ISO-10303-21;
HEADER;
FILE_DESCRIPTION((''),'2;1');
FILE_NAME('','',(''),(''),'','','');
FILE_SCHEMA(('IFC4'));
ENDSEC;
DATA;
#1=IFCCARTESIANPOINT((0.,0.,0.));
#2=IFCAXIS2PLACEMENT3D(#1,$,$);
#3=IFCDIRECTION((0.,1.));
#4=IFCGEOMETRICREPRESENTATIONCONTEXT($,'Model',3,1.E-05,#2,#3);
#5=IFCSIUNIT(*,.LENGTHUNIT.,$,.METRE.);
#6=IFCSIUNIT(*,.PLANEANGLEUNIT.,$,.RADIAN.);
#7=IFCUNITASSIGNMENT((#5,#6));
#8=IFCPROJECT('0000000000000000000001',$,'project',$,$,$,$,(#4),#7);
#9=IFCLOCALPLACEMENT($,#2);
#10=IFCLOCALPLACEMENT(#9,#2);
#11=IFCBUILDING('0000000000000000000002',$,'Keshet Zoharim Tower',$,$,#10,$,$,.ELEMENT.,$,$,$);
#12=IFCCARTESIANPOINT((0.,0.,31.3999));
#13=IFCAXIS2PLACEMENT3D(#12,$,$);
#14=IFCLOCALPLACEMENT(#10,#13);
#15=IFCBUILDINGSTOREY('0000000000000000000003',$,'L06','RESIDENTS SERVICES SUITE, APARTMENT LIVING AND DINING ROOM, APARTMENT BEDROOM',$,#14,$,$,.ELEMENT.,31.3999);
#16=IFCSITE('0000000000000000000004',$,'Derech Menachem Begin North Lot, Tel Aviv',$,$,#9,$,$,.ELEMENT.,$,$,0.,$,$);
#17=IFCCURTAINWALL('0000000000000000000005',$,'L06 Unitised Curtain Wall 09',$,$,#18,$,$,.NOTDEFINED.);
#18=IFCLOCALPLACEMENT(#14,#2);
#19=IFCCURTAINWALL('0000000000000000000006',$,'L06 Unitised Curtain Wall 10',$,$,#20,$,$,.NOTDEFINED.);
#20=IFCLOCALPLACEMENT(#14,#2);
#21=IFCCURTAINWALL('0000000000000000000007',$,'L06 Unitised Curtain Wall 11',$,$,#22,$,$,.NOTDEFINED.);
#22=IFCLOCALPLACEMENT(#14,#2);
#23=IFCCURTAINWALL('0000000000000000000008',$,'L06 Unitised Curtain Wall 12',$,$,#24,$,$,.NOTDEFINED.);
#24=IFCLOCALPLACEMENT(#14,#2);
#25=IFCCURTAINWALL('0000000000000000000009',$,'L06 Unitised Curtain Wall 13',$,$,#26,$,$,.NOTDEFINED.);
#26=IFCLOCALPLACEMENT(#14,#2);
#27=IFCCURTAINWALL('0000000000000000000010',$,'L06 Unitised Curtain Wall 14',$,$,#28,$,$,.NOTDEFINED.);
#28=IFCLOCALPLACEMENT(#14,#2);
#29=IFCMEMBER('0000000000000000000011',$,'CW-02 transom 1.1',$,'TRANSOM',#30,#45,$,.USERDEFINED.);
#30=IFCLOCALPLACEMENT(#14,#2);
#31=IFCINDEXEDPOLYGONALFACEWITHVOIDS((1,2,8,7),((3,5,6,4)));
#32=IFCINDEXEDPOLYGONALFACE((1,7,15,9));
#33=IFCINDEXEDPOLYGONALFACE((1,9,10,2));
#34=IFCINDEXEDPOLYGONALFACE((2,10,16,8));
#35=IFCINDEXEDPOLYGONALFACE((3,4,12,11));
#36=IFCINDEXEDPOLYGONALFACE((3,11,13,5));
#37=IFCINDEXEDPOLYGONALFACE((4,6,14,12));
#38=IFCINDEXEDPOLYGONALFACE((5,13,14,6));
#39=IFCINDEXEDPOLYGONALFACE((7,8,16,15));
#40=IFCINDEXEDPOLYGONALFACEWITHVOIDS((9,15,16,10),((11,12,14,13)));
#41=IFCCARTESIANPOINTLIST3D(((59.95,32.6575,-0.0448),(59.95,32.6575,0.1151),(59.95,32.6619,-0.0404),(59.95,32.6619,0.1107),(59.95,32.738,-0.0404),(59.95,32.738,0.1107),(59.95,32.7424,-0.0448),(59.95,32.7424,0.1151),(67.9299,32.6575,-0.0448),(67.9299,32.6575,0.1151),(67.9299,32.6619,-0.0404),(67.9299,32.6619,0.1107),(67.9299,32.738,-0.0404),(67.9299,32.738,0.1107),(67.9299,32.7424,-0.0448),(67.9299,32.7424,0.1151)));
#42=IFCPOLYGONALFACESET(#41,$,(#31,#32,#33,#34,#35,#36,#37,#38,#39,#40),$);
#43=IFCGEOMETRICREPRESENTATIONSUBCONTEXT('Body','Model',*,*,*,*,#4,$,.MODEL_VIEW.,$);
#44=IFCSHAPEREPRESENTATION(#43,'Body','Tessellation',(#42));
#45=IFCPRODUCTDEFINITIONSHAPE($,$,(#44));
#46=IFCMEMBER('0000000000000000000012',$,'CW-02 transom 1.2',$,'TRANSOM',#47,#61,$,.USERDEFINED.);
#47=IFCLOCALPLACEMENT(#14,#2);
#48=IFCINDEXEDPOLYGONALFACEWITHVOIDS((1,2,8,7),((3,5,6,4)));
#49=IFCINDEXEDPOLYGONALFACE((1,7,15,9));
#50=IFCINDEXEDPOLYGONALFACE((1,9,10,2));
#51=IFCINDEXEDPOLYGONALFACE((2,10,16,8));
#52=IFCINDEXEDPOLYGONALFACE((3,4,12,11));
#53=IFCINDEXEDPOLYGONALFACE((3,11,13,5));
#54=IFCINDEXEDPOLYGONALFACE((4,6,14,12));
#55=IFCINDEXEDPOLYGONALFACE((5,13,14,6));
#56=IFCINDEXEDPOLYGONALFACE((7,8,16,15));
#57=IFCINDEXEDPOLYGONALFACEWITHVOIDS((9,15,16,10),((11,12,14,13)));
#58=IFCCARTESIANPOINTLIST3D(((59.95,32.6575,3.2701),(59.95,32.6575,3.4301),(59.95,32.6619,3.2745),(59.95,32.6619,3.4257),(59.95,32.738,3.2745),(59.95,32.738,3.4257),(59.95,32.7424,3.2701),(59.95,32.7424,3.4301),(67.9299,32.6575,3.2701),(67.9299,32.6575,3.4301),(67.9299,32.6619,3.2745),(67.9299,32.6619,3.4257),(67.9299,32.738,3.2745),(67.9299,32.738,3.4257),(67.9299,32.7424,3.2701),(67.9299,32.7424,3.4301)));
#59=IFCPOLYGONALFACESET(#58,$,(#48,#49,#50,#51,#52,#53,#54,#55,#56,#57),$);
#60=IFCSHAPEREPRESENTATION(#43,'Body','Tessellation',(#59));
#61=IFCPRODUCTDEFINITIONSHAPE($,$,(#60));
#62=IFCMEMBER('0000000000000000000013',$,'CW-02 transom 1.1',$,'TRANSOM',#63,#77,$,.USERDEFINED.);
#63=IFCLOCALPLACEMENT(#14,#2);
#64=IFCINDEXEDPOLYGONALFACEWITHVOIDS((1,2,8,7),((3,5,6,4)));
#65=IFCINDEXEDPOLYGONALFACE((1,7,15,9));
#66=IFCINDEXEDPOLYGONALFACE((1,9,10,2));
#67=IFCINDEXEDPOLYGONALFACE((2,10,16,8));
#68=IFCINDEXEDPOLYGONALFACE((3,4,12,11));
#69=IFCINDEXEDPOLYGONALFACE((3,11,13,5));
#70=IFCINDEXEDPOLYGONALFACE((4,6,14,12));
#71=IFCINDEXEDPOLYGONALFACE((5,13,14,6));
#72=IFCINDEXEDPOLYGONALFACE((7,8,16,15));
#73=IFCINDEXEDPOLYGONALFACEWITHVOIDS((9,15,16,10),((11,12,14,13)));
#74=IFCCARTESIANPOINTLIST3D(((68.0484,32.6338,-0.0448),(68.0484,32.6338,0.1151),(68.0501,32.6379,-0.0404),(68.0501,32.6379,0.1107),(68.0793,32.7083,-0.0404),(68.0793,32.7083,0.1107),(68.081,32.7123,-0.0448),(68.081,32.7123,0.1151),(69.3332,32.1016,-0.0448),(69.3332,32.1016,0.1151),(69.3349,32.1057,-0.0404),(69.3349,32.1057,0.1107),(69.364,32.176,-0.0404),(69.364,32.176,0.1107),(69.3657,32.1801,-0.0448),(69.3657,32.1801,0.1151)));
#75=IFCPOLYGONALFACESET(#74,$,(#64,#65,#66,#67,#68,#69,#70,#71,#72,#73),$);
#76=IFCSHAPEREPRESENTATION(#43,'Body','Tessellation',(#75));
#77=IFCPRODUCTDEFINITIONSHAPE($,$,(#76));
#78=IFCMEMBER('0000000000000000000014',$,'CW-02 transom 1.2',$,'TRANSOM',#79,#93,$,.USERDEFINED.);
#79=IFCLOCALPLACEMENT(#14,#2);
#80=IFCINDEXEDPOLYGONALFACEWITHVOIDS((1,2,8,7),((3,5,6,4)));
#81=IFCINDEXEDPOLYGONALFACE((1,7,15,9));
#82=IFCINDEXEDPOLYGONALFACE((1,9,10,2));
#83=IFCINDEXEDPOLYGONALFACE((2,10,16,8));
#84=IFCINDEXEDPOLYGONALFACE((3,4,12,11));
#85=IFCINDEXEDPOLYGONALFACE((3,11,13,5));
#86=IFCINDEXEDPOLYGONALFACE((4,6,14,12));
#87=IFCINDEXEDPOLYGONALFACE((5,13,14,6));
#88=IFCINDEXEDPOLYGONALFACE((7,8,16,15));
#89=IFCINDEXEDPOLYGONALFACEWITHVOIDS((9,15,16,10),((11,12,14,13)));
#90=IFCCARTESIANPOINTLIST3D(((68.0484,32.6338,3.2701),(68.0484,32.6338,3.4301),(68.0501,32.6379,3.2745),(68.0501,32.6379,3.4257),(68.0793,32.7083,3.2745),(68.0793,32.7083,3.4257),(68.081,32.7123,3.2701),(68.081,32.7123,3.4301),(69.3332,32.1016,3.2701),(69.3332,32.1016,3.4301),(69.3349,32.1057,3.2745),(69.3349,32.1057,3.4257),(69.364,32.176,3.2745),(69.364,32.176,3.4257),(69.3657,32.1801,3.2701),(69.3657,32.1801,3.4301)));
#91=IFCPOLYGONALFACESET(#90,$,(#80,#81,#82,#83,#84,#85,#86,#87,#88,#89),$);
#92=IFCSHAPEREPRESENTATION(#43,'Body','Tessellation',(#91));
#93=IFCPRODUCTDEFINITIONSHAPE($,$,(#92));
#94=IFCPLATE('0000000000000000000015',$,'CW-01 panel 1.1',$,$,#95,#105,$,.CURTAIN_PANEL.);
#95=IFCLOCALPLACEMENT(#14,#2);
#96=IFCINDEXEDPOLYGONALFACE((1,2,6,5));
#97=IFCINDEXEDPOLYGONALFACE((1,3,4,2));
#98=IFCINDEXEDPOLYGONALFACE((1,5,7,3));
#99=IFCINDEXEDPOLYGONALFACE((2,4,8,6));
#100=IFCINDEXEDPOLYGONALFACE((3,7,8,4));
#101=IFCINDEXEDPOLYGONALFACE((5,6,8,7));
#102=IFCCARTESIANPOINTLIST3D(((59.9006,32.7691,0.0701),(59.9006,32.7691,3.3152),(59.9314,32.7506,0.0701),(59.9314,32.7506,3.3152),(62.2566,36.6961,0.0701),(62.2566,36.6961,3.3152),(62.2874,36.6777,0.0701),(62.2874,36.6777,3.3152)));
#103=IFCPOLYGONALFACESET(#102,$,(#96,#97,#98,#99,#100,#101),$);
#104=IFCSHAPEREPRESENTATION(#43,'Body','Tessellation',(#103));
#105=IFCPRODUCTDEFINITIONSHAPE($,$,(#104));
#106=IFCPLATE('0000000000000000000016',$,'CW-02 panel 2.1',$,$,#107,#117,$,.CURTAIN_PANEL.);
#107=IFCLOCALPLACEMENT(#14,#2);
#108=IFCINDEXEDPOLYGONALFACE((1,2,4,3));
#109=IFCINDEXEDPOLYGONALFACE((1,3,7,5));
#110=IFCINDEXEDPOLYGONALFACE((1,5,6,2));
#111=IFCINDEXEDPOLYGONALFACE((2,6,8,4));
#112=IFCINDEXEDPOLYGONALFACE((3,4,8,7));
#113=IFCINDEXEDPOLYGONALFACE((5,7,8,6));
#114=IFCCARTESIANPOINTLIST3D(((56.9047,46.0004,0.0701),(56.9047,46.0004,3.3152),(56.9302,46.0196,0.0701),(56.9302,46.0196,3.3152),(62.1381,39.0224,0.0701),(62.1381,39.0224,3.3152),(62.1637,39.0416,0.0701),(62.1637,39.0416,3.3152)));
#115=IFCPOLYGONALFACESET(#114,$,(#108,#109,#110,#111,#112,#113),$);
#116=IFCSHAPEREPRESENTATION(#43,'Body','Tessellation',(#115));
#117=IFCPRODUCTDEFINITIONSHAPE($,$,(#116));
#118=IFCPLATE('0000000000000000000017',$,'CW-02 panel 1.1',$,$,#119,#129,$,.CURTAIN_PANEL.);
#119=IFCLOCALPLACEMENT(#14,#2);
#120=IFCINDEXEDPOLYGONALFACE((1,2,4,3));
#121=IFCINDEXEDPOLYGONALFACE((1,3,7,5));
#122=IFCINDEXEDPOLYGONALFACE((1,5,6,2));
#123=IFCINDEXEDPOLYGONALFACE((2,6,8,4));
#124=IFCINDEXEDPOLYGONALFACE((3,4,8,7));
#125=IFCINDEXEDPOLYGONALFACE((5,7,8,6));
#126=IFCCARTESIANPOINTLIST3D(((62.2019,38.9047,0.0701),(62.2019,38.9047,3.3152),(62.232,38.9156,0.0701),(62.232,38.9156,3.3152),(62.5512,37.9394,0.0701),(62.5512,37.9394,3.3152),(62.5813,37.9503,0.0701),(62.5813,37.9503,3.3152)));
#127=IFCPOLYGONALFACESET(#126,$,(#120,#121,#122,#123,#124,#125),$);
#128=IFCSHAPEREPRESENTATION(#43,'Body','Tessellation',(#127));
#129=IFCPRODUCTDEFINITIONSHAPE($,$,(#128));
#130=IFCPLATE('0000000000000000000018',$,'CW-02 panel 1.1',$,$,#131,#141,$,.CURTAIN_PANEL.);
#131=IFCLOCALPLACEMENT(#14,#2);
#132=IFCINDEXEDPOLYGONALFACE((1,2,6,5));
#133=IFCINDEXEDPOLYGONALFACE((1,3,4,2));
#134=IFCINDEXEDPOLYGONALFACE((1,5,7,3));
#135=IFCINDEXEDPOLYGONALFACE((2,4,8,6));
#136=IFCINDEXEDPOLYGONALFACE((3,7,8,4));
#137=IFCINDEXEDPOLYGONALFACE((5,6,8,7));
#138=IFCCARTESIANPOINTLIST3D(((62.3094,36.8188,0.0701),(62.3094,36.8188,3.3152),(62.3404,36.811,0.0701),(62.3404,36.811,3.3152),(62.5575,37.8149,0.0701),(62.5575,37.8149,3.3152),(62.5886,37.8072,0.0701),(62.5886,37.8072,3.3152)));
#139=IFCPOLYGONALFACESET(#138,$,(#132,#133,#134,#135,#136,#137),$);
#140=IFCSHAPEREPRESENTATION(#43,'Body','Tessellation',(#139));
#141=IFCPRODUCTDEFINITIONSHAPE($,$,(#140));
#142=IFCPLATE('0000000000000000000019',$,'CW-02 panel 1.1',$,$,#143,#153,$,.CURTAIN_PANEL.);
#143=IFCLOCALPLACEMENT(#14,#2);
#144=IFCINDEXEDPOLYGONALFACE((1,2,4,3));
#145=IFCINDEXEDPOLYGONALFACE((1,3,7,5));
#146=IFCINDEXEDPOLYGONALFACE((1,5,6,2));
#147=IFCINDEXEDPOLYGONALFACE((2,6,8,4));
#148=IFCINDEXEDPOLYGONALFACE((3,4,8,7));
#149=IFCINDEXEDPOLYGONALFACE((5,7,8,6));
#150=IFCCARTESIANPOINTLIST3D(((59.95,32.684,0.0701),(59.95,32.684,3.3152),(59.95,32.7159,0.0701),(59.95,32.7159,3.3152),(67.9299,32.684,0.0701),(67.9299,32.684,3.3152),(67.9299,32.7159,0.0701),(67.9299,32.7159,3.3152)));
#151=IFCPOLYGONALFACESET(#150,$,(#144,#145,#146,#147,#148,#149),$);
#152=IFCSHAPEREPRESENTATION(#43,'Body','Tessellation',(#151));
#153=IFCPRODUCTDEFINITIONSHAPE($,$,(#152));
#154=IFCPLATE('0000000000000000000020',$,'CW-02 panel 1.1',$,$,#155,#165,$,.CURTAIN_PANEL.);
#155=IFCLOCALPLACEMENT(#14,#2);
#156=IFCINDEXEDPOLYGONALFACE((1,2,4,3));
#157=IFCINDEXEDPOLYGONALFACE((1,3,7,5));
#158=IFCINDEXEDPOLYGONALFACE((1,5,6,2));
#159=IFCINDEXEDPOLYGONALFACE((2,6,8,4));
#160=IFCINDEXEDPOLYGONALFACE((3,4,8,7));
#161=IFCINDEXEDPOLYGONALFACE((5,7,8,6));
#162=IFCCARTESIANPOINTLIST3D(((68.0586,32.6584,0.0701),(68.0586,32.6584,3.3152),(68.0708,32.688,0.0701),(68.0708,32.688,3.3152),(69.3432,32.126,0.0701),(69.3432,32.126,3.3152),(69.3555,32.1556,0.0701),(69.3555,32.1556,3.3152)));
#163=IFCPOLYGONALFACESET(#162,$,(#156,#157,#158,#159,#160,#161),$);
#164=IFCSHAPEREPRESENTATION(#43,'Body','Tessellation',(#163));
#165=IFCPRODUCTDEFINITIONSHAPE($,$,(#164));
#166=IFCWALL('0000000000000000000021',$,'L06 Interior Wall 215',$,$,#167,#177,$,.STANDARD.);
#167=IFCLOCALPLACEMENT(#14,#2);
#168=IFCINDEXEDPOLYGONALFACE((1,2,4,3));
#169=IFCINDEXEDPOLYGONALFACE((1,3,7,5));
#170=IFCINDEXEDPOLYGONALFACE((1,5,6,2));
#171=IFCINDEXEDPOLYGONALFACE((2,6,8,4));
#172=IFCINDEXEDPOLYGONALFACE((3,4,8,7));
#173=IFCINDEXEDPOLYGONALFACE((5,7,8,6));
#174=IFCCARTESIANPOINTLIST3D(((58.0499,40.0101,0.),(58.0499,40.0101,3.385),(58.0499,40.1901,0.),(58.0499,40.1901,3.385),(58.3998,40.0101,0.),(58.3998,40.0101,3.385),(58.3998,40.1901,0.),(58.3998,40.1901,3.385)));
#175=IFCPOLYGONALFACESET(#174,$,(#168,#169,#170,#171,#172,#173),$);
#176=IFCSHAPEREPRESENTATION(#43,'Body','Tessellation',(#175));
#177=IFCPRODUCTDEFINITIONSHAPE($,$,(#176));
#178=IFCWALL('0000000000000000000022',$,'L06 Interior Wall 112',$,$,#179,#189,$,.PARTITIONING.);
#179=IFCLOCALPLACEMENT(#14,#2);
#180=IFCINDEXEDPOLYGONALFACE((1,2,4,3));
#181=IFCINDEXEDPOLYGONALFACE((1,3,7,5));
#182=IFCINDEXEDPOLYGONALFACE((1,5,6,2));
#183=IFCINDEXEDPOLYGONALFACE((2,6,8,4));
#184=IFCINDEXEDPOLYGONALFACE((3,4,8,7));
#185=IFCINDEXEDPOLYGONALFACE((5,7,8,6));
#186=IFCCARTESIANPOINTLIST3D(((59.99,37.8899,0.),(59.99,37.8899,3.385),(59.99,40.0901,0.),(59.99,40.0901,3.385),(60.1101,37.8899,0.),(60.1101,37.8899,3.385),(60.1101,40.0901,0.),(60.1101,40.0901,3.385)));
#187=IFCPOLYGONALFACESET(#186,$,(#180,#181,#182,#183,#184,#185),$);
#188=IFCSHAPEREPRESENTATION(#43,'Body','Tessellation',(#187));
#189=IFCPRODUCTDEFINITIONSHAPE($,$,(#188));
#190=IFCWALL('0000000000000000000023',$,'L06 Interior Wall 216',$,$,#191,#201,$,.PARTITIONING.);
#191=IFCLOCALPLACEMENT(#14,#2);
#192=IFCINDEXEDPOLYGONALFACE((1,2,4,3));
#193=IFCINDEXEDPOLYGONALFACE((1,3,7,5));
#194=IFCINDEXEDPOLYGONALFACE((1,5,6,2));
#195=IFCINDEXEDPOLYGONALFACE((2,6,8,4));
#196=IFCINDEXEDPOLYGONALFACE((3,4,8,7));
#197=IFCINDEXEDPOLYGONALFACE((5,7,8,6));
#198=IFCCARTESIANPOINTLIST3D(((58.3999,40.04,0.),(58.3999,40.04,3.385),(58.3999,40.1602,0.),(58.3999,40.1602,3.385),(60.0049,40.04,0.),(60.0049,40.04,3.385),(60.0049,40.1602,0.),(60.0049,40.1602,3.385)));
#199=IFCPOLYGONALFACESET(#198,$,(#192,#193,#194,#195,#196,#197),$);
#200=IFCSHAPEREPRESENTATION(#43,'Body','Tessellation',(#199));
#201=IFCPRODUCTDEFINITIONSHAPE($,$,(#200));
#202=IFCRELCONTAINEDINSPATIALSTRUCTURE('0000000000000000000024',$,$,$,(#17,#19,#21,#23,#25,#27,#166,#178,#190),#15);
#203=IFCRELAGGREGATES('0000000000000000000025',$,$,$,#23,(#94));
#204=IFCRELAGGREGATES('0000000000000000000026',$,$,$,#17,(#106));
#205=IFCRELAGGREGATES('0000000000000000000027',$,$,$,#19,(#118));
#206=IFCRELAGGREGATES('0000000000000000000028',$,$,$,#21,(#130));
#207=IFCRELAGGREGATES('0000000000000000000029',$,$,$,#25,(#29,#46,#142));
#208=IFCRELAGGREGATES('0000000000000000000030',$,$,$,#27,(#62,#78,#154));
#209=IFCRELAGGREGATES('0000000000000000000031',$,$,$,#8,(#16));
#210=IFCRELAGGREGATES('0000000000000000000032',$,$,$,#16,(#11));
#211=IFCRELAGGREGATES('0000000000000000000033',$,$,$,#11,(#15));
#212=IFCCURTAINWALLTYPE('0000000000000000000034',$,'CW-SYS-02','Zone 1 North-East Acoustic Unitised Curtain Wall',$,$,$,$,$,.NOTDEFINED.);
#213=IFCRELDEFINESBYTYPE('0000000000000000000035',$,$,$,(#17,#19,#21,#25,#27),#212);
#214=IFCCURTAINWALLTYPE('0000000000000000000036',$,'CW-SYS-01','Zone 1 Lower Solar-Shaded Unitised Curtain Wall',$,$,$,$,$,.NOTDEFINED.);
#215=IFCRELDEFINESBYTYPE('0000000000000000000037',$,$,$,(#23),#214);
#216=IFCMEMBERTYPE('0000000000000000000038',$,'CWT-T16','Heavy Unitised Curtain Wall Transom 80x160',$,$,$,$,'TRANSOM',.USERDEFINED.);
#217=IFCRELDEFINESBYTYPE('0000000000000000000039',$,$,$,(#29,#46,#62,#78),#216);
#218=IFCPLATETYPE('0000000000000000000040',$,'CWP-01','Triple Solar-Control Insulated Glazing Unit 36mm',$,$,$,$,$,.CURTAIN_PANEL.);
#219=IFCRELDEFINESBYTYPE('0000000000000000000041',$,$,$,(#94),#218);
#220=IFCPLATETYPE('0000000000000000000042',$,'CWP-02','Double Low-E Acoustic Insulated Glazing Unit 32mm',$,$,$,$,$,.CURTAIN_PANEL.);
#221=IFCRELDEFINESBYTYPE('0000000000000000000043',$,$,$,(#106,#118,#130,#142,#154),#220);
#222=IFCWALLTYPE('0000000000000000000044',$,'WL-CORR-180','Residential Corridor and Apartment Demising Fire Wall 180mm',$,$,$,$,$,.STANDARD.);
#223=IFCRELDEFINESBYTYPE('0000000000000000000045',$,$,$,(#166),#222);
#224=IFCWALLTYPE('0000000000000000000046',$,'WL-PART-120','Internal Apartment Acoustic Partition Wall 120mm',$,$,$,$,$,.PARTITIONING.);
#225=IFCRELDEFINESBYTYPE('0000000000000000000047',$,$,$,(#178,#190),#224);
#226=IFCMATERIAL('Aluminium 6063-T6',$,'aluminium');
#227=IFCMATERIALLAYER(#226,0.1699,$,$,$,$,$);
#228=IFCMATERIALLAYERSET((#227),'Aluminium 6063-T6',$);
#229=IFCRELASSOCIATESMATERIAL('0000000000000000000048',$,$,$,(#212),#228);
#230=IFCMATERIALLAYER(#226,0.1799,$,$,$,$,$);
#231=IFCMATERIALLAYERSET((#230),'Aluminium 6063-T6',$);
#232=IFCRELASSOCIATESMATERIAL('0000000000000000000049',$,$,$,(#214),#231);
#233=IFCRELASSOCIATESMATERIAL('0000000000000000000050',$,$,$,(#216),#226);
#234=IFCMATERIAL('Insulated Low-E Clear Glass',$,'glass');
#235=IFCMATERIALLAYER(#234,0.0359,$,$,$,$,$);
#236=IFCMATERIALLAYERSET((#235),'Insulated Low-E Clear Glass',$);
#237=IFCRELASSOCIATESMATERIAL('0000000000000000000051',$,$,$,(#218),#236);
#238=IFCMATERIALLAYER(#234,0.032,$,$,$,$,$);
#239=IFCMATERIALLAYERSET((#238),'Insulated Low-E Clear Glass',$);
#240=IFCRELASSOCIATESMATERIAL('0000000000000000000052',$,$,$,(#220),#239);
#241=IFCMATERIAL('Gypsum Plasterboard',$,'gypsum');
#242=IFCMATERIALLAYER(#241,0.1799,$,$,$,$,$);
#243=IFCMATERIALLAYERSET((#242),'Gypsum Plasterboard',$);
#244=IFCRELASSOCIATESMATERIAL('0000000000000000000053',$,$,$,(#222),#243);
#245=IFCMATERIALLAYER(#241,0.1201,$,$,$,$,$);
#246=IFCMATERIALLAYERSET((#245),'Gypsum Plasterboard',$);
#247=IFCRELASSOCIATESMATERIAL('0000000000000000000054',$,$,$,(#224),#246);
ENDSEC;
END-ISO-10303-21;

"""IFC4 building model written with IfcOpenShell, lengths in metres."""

from ifc_helpers import new_model, si_unit, direction, frame, frame_2d, origin, origin_2d, place, context, subcontext, project, spatial, rectangle, hollow_rectangle, extrude, material, layer, layer_set, material_profile, profile_set, type_object, element, aggregate, save


model = new_model("IFC4")

# Units and contexts
model_context = context("Model", 3, precision=1e-05, world=origin(), true_north=direction((0.0, 1.0)))
body_context = subcontext(model_context, "Body", "Model", "MODEL_VIEW")
ifc_project = project(units=[si_unit("LENGTHUNIT", "METRE"), si_unit("PLANEANGLEUNIT", "RADIAN")], contexts=[model_context])

# Site, building, storey
site_placement = place(None, origin())
site = spatial("IfcSite", under=ifc_project, at=site_placement, Name="Derech Menachem Begin North Lot, Tel Aviv", CompositionType="ELEMENT", RefElevation=0.0)
building_placement = place(site_placement, origin())
building = spatial("IfcBuilding", under=site, at=building_placement, Name="Keshet Zoharim Tower", CompositionType="ELEMENT")
storey_placement = place(building_placement, frame((0.0, 0.0, 31.3999)))
storey = spatial("IfcBuildingStorey", under=building, at=storey_placement, Name="L06", Description="RESIDENTS SERVICES SUITE, APARTMENT LIVING AND DINING ROOM, APARTMENT BEDROOM", CompositionType="ELEMENT", Elevation=31.3999)

# Curtain wall
ifc_material_1 = material(Name="Aluminium 6063-T6", Category="aluminium")
ifc_layer_1 = layer(ifc_material_1, 0.1699)
ifc_layer_set_1 = layer_set([ifc_layer_1], Name="Aluminium 6063-T6")
curtain_wall_type_1 = type_object("IfcCurtainWallType", Name="CW-SYS-02", Description="Zone 1 North-East Acoustic Unitised Curtain Wall", PredefinedType="NOTDEFINED", material=ifc_layer_set_1)
curtain_wall_1_placement = place(storey_placement, origin())
curtain_wall_1 = element("IfcCurtainWall", 1, at=curtain_wall_1_placement, inside=storey, type_object=curtain_wall_type_1, Name="L06 Unitised Curtain Wall 09", PredefinedType="NOTDEFINED")

# Curtain walls
curtain_wall_2_placement = place(storey_placement, origin())
curtain_wall_2 = element("IfcCurtainWall", 2, at=curtain_wall_2_placement, inside=storey, type_object=curtain_wall_type_1, Name="L06 Unitised Curtain Wall 10", PredefinedType="NOTDEFINED")
curtain_wall_3_placement = place(storey_placement, origin())
curtain_wall_3 = element("IfcCurtainWall", 3, at=curtain_wall_3_placement, inside=storey, type_object=curtain_wall_type_1, Name="L06 Unitised Curtain Wall 11", PredefinedType="NOTDEFINED")
ifc_layer_2 = layer(ifc_material_1, 0.1799)
ifc_layer_set_2 = layer_set([ifc_layer_2], Name="Aluminium 6063-T6")
curtain_wall_type_2 = type_object("IfcCurtainWallType", Name="CW-SYS-01", Description="Zone 1 Lower Solar-Shaded Unitised Curtain Wall", PredefinedType="NOTDEFINED", material=ifc_layer_set_2)
curtain_wall_4_placement = place(storey_placement, origin())
curtain_wall_4 = element("IfcCurtainWall", 4, at=curtain_wall_4_placement, inside=storey, type_object=curtain_wall_type_2, Name="L06 Unitised Curtain Wall 12", PredefinedType="NOTDEFINED")
curtain_wall_5_placement = place(storey_placement, origin())
curtain_wall_5 = element("IfcCurtainWall", 5, at=curtain_wall_5_placement, inside=storey, type_object=curtain_wall_type_1, Name="L06 Unitised Curtain Wall 13", PredefinedType="NOTDEFINED")
curtain_wall_6_placement = place(storey_placement, origin())
curtain_wall_6 = element("IfcCurtainWall", 6, at=curtain_wall_6_placement, inside=storey, type_object=curtain_wall_type_1, Name="L06 Unitised Curtain Wall 14", PredefinedType="NOTDEFINED")

# Members
ifc_material_profile_1 = material_profile(ifc_material_1, hollow_rectangle(XDim=0.085, YDim=0.1599, WallThickness=0.0044, at=origin_2d()), Name="TRN-85x160")
ifc_profile_set_1 = profile_set([ifc_material_profile_1], Name="Aluminium 6063-T6")
member_type_1 = type_object("IfcMemberType", Name="CWT-T16", Description="Heavy Unitised Curtain Wall Transom 80x160", ElementType="TRANSOM", PredefinedType="USERDEFINED", material=ifc_profile_set_1)
member_1_placement = place(storey_placement, frame((59.95, 32.7, 0.0352), z_axis=(1.0, 0.0, 0.0), x_axis=(0.0, 1.0, 0.0)))
member_1 = element("IfcMember", 7, at=member_1_placement, type_object=member_type_1, Name="CW-02 transom 1.1", ObjectType="TRANSOM", PredefinedType="USERDEFINED", context=body_context, shape_type="SweptSolid", body=[
    extrude(hollow_rectangle(XDim=0.085, YDim=0.1599, WallThickness=0.0044, at=origin_2d()), origin(), (0.0, 0.0, 1.0), 7.98),
])
member_2_placement = place(storey_placement, frame((59.95, 32.7, 3.3501), z_axis=(1.0, 0.0, 0.0), x_axis=(0.0, 1.0, 0.0)))
member_2 = element("IfcMember", 8, at=member_2_placement, type_object=member_type_1, Name="CW-02 transom 1.2", ObjectType="TRANSOM", PredefinedType="USERDEFINED", context=body_context, shape_type="SweptSolid", body=[
    extrude(hollow_rectangle(XDim=0.085, YDim=0.1599, WallThickness=0.0044, at=origin_2d()), origin(), (0.0, 0.0, 1.0), 7.98),
])
member_3_placement = place(storey_placement, frame((68.0647, 32.6731, 0.0352), z_axis=(0.923854, -0.382745, 0.0), x_axis=(0.382745, 0.923854, 0.0)))
member_3 = element("IfcMember", 9, at=member_3_placement, type_object=member_type_1, Name="CW-02 transom 1.1", ObjectType="TRANSOM", PredefinedType="USERDEFINED", context=body_context, shape_type="SweptSolid", body=[
    extrude(hollow_rectangle(XDim=0.085, YDim=0.1599, WallThickness=0.0044, at=origin_2d()), origin(), (0.0, 0.0, 1.0), 1.3906),
])
member_4_placement = place(storey_placement, frame((68.0647, 32.6731, 3.3501), z_axis=(0.923854, -0.382745, 0.0), x_axis=(0.382745, 0.923854, 0.0)))
member_4 = element("IfcMember", 10, at=member_4_placement, type_object=member_type_1, Name="CW-02 transom 1.2", ObjectType="TRANSOM", PredefinedType="USERDEFINED", context=body_context, shape_type="SweptSolid", body=[
    extrude(hollow_rectangle(XDim=0.085, YDim=0.1599, WallThickness=0.0044, at=origin_2d()), origin(), (0.0, 0.0, 1.0), 1.3906),
])

# Plates
ifc_material_2 = material(Name="Insulated Low-E Clear Glass", Category="glass")
ifc_layer_3 = layer(ifc_material_2, 0.0359)
ifc_layer_set_3 = layer_set([ifc_layer_3], Name="Insulated Low-E Clear Glass")
plate_type_1 = type_object("IfcPlateType", Name="CWP-01", Description="Triple Solar-Control Insulated Glazing Unit 36mm", PredefinedType="CURTAIN_PANEL", material=ifc_layer_set_3)
plate_1_placement = place(storey_placement, frame((61.094, 34.7234, 0.0701), z_axis=(0.0, 0.0, 1.0), x_axis=(-0.514465, -0.857512, 0.0)))
plate_1 = element("IfcPlate", 11, at=plate_1_placement, type_object=plate_type_1, Name="CW-01 panel 1.1", PredefinedType="CURTAIN_PANEL", context=body_context, shape_type="SweptSolid", body=[
    extrude(rectangle(XDim=4.5796, YDim=0.0359, at=origin_2d()), origin(), (0.0, 0.0, 1.0), 3.2451),
])
aggregate(curtain_wall_4, [plate_1])
ifc_layer_4 = layer(ifc_material_2, 0.032)
ifc_layer_set_4 = layer_set([ifc_layer_4], Name="Insulated Low-E Clear Glass")
plate_type_2 = type_object("IfcPlateType", Name="CWP-02", Description="Double Low-E Acoustic Insulated Glazing Unit 32mm", PredefinedType="CURTAIN_PANEL", material=ifc_layer_set_4)
plate_2_placement = place(storey_placement, frame((59.5342, 42.521, 0.0701), z_axis=(0.0, 0.0, 1.0), x_axis=(0.6, -0.8, 0.0)))
plate_2 = element("IfcPlate", 12, at=plate_2_placement, type_object=plate_type_2, Name="CW-02 panel 2.1", PredefinedType="CURTAIN_PANEL", context=body_context, shape_type="SweptSolid", body=[
    extrude(rectangle(XDim=8.7224, YDim=0.032, at=origin_2d()), origin(), (0.0, 0.0, 1.0), 3.2451),
])
aggregate(curtain_wall_1, [plate_2])
plate_3_placement = place(storey_placement, frame((62.3916, 38.4275, 0.0701), z_axis=(0.0, 0.0, 1.0), x_axis=(0.340297, -0.940318, 0.0)))
plate_3 = element("IfcPlate", 13, at=plate_3_placement, type_object=plate_type_2, Name="CW-02 panel 1.1", PredefinedType="CURTAIN_PANEL", context=body_context, shape_type="SweptSolid", body=[
    extrude(rectangle(XDim=1.0266, YDim=0.032, at=origin_2d()), origin(), (0.0, 0.0, 1.0), 3.2451),
])
aggregate(curtain_wall_2, [plate_3])
plate_4_placement = place(storey_placement, frame((62.449, 37.313, 0.0701), z_axis=(0.0, 0.0, 1.0), x_axis=(-0.241729, -0.970344, 0.0)))
plate_4 = element("IfcPlate", 14, at=plate_4_placement, type_object=plate_type_2, Name="CW-02 panel 1.1", PredefinedType="CURTAIN_PANEL", context=body_context, shape_type="SweptSolid", body=[
    extrude(rectangle(XDim=1.0266, YDim=0.032, at=origin_2d()), origin(), (0.0, 0.0, 1.0), 3.2451),
])
aggregate(curtain_wall_3, [plate_4])
plate_5_placement = place(storey_placement, frame((63.9399, 32.7, 0.0701), z_axis=(0.0, 0.0, 1.0), x_axis=(1.0, 0.0, 0.0)))
plate_5 = element("IfcPlate", 15, at=plate_5_placement, type_object=plate_type_2, Name="CW-02 panel 1.1", PredefinedType="CURTAIN_PANEL", context=body_context, shape_type="SweptSolid", body=[
    extrude(rectangle(XDim=7.98, YDim=0.032, at=origin_2d()), origin(), (0.0, 0.0, 1.0), 3.2451),
])
aggregate(curtain_wall_5, [member_1, member_2, plate_5])
plate_6_placement = place(storey_placement, frame((68.707, 32.407, 0.0701), z_axis=(0.0, 0.0, 1.0), x_axis=(0.92381, -0.382852, 0.0)))
plate_6 = element("IfcPlate", 16, at=plate_6_placement, type_object=plate_type_2, Name="CW-02 panel 1.1", PredefinedType="CURTAIN_PANEL", context=body_context, shape_type="SweptSolid", body=[
    extrude(rectangle(XDim=1.3906, YDim=0.032, at=origin_2d()), origin(), (0.0, 0.0, 1.0), 3.2451),
])
aggregate(curtain_wall_6, [member_3, member_4, plate_6])

# Walls
ifc_material_3 = material(Name="Gypsum Plasterboard", Category="gypsum")
ifc_layer_5 = layer(ifc_material_3, 0.1799)
ifc_layer_set_5 = layer_set([ifc_layer_5], Name="Gypsum Plasterboard")
wall_type_1 = type_object("IfcWallType", Name="WL-CORR-180", Description="Residential Corridor and Apartment Demising Fire Wall 180mm", PredefinedType="STANDARD", material=ifc_layer_set_5)
wall_1_placement = place(storey_placement, frame((58.05, 40.1001, 0.0), z_axis=(0.0, 0.0, 1.0), x_axis=(1.0, 0.0, 0.0)))
element("IfcWall", 17, at=wall_1_placement, inside=storey, type_object=wall_type_1, Name="L06 Interior Wall 215", PredefinedType="STANDARD", context=body_context, shape_type="SweptSolid", body=[
    extrude(rectangle(XDim=0.3499, YDim=0.1799, at=frame_2d((0.1748, 0.0))), origin(), (0.0, 0.0, 1.0), 3.385),
])
ifc_layer_6 = layer(ifc_material_3, 0.1201)
ifc_layer_set_6 = layer_set([ifc_layer_6], Name="Gypsum Plasterboard")
wall_type_2 = type_object("IfcWallType", Name="WL-PART-120", Description="Internal Apartment Acoustic Partition Wall 120mm", PredefinedType="PARTITIONING", material=ifc_layer_set_6)
wall_2_placement = place(storey_placement, frame((60.05, 37.8899, 0.0), z_axis=(0.0, 0.0, 1.0), x_axis=(0.0, 1.0, 0.0)))
element("IfcWall", 18, at=wall_2_placement, inside=storey, type_object=wall_type_2, Name="L06 Interior Wall 112", PredefinedType="PARTITIONING", context=body_context, shape_type="SweptSolid", body=[
    extrude(rectangle(XDim=2.2002, YDim=0.1201, at=frame_2d((1.1001, 0.0))), origin(), (0.0, 0.0, 1.0), 3.385),
])
wall_3_placement = place(storey_placement, frame((58.3999, 40.1001, 0.0), z_axis=(0.0, 0.0, 1.0), x_axis=(1.0, 0.0, 0.0)))
element("IfcWall", 19, at=wall_3_placement, inside=storey, type_object=wall_type_2, Name="L06 Interior Wall 216", PredefinedType="PARTITIONING", context=body_context, shape_type="SweptSolid", body=[
    extrude(rectangle(XDim=1.605, YDim=0.1201, at=frame_2d((0.8025, 0.0))), origin(), (0.0, 0.0, 1.0), 3.385),
])

save(model, "model.ifc")
